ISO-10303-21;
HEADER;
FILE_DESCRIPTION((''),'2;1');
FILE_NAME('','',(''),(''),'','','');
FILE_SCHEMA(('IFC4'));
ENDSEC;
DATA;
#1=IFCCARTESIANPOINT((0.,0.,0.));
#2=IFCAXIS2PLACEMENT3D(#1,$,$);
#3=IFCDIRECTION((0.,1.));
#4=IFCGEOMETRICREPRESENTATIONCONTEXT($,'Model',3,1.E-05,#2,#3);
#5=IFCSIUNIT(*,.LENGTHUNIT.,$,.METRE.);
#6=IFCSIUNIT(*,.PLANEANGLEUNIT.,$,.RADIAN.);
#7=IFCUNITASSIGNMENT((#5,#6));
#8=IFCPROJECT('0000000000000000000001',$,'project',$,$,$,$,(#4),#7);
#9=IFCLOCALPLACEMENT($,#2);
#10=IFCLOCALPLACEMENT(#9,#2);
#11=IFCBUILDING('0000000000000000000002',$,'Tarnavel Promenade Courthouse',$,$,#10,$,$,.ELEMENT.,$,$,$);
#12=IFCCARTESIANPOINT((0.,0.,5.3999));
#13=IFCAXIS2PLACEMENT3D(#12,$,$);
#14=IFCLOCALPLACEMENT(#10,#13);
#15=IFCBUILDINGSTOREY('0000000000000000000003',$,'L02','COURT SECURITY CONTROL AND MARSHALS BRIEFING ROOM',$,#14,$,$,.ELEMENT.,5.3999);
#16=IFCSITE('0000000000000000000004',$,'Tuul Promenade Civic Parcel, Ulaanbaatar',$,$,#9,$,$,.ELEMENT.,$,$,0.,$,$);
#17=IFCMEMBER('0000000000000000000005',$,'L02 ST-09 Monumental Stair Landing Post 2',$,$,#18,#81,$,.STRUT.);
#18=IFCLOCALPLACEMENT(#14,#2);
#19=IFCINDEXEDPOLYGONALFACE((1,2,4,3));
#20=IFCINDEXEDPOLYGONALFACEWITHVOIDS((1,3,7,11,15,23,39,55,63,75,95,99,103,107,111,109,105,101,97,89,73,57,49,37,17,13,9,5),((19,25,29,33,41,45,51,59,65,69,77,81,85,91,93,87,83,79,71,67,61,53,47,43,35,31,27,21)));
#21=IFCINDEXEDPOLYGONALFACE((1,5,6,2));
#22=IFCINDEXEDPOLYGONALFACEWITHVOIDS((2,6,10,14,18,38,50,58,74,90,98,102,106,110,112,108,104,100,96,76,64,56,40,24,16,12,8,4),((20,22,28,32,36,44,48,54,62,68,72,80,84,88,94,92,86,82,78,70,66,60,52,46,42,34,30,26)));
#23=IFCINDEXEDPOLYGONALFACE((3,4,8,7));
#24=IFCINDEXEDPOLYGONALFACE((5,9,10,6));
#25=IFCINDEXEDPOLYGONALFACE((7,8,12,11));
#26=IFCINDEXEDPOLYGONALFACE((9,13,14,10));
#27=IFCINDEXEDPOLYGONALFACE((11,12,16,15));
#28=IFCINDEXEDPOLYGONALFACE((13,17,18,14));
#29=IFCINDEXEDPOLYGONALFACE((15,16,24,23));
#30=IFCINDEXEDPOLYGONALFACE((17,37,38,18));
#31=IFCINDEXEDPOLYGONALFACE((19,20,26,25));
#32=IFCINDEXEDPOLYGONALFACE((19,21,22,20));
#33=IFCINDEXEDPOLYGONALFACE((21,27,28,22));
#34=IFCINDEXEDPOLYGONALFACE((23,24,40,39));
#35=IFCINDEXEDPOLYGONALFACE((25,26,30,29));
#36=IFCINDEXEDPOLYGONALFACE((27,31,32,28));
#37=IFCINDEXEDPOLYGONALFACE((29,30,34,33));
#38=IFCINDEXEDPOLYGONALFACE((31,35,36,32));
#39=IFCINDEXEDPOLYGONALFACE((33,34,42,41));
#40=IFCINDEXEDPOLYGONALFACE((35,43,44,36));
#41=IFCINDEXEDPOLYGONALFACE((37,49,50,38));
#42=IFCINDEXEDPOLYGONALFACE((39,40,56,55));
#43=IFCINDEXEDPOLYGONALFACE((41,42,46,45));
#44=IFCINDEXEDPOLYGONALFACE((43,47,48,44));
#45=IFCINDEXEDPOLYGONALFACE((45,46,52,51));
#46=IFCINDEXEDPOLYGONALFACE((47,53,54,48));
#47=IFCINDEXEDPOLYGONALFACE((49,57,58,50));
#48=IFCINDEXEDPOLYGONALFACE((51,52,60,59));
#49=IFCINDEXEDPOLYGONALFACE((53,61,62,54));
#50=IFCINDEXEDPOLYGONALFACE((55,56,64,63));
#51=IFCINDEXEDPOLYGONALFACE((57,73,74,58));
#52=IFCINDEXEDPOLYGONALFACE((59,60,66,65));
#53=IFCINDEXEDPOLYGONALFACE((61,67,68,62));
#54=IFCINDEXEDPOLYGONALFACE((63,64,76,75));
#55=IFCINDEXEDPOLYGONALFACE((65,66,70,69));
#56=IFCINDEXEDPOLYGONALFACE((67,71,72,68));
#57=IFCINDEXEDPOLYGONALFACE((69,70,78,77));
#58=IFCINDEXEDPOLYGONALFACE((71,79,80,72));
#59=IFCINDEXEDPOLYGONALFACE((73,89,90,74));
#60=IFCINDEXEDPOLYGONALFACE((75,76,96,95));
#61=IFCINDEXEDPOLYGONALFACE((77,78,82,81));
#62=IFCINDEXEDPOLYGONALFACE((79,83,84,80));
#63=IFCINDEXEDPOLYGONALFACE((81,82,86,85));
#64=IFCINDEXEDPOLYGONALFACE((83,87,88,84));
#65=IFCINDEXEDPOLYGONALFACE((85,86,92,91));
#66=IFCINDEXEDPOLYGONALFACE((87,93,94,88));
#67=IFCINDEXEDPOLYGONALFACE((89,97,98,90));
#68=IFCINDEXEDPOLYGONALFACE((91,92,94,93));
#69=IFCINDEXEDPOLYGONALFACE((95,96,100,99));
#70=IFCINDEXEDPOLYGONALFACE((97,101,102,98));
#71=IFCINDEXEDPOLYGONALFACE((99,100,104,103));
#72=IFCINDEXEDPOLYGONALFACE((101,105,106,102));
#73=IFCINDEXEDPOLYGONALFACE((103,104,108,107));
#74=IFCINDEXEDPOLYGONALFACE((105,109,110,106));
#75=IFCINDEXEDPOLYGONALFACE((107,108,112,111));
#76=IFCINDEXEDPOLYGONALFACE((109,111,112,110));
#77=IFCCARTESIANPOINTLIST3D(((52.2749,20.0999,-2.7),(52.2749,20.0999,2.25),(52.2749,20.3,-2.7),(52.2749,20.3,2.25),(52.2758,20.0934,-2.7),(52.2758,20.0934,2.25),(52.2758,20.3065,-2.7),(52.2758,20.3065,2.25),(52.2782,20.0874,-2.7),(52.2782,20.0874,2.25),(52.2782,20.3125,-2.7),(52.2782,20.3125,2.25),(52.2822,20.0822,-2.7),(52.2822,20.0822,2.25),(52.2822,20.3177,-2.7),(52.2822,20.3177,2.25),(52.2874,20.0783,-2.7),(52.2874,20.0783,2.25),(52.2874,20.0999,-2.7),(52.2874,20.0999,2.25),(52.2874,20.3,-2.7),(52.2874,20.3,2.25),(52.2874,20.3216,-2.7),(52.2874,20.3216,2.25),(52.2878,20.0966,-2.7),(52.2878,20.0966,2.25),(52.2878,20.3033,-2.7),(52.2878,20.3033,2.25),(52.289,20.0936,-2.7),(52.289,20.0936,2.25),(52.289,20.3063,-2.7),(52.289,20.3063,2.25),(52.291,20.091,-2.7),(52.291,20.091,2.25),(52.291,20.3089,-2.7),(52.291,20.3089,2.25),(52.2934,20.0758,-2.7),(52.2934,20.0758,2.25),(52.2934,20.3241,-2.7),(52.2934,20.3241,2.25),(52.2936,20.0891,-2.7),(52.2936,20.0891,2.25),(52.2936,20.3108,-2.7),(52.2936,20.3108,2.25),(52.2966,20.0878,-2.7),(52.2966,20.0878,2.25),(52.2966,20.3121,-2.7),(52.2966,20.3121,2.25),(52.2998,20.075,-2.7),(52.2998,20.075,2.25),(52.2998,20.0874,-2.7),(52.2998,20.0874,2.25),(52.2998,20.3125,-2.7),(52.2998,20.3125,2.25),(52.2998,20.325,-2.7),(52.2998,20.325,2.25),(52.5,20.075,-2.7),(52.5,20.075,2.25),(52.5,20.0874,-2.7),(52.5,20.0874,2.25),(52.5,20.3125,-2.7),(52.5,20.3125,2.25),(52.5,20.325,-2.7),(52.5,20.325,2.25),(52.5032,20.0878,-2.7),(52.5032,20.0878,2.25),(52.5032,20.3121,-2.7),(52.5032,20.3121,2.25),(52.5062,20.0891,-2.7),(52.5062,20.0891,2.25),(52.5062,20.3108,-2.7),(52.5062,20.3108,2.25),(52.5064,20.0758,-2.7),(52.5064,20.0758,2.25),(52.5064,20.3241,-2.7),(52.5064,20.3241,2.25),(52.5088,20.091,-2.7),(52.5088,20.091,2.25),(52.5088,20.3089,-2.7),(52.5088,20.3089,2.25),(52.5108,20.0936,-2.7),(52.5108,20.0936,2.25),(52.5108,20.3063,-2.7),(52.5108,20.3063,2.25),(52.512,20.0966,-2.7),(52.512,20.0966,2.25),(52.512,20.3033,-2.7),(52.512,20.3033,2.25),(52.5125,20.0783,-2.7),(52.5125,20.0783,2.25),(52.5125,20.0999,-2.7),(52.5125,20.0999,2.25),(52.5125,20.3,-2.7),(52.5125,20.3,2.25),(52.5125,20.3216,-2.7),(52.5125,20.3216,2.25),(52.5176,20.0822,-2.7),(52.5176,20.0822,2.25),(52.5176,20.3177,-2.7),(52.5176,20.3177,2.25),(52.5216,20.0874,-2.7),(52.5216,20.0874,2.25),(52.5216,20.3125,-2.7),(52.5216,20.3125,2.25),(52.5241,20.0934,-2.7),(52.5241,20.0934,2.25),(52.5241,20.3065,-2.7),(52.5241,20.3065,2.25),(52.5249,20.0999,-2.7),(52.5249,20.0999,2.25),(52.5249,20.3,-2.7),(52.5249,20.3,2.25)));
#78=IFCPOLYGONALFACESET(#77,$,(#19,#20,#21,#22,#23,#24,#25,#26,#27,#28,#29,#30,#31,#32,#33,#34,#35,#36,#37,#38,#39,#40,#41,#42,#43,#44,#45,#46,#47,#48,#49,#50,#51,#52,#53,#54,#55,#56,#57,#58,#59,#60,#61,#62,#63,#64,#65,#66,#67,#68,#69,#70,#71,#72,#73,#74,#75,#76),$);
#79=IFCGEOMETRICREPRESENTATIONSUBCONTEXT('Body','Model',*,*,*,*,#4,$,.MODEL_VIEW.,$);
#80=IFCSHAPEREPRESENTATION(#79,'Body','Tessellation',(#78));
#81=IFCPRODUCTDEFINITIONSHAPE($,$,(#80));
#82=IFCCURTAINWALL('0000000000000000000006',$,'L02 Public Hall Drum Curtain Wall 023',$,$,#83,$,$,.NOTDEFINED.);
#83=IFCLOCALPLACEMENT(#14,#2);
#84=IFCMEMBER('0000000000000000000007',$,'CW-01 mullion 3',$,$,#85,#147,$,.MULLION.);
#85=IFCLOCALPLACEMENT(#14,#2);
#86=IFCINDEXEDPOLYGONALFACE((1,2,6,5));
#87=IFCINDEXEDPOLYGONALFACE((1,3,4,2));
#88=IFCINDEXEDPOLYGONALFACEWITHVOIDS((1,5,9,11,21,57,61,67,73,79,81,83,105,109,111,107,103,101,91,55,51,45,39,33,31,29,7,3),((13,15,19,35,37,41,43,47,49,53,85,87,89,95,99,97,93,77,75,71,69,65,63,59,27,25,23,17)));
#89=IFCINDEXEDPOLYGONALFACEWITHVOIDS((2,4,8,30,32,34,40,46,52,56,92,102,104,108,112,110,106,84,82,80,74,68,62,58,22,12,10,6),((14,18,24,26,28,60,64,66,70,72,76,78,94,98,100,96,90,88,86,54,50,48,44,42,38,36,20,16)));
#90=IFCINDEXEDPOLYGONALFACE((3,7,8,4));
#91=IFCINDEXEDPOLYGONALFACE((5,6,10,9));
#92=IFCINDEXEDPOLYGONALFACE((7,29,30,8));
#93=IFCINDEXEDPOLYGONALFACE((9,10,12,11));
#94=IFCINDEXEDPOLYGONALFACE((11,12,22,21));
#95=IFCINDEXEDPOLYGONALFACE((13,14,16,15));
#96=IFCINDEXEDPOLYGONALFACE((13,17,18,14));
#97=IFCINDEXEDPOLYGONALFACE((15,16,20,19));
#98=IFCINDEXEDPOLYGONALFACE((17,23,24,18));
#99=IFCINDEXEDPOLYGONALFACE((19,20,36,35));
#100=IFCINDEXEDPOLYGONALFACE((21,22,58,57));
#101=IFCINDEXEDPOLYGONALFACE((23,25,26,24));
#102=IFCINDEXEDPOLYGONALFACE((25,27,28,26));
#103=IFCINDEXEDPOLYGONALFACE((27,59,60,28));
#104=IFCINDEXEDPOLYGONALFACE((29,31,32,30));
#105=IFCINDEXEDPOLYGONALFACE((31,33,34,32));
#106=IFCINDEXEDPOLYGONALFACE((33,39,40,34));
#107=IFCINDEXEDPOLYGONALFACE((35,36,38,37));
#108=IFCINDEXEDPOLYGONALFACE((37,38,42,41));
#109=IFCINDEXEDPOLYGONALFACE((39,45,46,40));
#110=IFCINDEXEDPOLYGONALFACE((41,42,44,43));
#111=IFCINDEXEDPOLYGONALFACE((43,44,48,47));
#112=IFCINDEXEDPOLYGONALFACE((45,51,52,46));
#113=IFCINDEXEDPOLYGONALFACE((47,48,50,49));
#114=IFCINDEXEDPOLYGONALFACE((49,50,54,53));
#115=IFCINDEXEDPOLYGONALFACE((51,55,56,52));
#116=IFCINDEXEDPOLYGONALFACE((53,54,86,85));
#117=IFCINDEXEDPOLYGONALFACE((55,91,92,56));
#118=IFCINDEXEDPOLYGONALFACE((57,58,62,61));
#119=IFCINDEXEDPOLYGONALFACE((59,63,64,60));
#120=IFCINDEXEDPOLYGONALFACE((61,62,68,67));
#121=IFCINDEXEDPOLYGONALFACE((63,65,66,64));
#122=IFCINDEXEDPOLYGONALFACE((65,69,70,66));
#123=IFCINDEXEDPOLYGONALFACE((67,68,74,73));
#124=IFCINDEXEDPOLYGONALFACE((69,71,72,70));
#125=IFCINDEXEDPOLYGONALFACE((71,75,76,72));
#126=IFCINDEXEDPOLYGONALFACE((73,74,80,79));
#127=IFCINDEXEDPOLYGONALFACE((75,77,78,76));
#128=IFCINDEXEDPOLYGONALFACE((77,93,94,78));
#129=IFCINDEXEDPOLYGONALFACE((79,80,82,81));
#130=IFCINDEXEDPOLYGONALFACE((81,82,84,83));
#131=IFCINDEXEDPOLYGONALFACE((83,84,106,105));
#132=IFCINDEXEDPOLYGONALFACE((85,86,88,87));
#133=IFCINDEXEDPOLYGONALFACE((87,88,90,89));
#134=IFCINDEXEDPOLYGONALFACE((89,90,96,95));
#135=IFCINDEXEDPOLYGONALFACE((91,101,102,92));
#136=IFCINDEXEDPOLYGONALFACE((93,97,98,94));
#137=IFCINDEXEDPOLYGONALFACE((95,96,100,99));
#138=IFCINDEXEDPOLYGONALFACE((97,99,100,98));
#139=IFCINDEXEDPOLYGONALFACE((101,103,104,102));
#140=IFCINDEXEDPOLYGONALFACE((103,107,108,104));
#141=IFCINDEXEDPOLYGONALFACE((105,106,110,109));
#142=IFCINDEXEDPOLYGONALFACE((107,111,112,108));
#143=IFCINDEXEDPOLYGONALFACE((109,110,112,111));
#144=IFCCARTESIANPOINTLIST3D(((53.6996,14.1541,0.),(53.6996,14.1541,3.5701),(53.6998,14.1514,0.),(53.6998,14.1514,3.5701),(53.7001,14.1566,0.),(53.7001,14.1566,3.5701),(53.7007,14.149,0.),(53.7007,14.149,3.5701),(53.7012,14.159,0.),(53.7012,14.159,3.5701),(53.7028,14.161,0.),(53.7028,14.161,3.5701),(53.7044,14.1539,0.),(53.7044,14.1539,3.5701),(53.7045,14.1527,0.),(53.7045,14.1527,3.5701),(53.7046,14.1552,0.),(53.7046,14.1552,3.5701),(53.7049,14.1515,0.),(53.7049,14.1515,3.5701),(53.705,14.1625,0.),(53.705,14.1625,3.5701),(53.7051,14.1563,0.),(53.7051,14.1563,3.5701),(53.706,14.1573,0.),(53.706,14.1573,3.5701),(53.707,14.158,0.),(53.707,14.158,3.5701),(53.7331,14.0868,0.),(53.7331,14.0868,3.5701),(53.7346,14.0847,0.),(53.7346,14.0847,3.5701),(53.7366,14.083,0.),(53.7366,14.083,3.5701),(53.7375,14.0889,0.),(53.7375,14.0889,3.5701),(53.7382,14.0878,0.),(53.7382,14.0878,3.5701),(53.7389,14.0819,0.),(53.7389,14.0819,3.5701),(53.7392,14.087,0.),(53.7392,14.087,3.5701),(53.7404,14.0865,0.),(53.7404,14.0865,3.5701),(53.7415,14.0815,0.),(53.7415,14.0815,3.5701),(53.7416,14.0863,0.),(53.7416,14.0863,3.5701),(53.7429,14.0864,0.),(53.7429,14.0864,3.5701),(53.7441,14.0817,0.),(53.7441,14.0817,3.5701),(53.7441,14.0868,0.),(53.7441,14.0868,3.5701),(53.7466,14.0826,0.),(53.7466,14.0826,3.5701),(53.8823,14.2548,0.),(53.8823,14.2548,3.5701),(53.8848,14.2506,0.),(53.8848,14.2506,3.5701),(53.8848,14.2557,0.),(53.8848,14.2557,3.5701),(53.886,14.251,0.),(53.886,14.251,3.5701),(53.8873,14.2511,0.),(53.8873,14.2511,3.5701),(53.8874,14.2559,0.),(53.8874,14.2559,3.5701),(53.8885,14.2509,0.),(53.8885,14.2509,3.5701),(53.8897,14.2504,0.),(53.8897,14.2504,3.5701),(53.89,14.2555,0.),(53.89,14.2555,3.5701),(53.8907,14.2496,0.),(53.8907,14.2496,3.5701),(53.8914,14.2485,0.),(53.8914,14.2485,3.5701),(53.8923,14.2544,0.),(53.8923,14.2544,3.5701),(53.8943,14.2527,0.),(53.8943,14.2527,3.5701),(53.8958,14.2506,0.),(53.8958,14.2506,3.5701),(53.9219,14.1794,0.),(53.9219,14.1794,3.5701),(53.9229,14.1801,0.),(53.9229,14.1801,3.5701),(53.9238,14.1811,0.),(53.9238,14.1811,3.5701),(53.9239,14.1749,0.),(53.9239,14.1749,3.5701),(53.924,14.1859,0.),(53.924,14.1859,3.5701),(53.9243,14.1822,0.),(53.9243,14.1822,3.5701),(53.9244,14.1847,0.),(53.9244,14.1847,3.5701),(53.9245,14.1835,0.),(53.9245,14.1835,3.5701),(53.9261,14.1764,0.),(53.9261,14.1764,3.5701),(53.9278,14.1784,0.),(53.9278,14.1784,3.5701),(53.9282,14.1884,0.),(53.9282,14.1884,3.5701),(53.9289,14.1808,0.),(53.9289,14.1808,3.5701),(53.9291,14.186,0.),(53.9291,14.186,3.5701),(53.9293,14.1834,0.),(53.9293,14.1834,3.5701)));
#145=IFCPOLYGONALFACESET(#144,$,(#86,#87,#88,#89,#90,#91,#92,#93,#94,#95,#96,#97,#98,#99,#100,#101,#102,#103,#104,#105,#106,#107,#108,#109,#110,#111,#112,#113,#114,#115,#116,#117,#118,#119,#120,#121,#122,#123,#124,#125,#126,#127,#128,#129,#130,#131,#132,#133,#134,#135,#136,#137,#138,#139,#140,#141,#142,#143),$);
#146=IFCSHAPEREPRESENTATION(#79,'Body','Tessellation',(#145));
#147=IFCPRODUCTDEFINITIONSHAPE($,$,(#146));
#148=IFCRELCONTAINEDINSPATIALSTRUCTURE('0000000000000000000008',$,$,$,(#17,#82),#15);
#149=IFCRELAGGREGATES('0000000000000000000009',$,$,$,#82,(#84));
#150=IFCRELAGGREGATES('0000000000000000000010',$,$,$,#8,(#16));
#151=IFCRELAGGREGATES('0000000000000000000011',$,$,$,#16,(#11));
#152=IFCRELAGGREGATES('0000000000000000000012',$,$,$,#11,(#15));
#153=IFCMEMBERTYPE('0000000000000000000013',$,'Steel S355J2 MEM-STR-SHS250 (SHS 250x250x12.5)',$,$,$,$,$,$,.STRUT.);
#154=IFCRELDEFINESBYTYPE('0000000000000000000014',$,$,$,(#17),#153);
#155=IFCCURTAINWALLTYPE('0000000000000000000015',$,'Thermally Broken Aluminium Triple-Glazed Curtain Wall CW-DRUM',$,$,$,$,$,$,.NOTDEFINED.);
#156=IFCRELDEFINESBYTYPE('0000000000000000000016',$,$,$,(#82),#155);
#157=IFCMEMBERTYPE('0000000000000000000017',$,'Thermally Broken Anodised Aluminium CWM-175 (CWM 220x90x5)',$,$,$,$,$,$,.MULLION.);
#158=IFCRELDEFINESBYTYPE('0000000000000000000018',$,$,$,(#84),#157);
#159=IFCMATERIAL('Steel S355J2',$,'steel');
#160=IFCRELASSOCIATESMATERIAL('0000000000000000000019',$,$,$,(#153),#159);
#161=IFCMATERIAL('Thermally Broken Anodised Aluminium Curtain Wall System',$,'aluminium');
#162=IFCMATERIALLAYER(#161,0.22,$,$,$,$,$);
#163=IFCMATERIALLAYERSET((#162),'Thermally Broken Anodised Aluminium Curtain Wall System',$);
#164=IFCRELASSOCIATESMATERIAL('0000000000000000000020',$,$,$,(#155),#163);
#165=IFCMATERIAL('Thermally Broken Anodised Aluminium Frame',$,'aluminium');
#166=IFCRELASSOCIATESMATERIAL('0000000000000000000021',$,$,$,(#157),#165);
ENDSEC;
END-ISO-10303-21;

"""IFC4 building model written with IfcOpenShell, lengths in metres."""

from ifc_helpers import new_model, si_unit, direction, frame, origin, origin_2d, place, context, subcontext, project, spatial, hollow_rectangle, extrude, material, layer, layer_set, material_profile, profile_set, type_object, element, aggregate, save


model = new_model("IFC4")

# Units and contexts
model_context = context("Model", 3, precision=1e-05, world=origin(), true_north=direction((0.0, 1.0)))
body_context = subcontext(model_context, "Body", "Model", "MODEL_VIEW")
ifc_project = project(units=[si_unit("LENGTHUNIT", "METRE"), si_unit("PLANEANGLEUNIT", "RADIAN")], contexts=[model_context])

# Site, building, storey
site_placement = place(None, origin())
site = spatial("IfcSite", under=ifc_project, at=site_placement, Name="Tuul Promenade Civic Parcel, Ulaanbaatar", CompositionType="ELEMENT", RefElevation=0.0)
building_placement = place(site_placement, origin())
building = spatial("IfcBuilding", under=site, at=building_placement, Name="Tarnavel Promenade Courthouse", CompositionType="ELEMENT")
storey_placement = place(building_placement, frame((0.0, 0.0, 5.3999)))
storey = spatial("IfcBuildingStorey", under=building, at=storey_placement, Name="L02", Description="COURT SECURITY CONTROL AND MARSHALS BRIEFING ROOM", CompositionType="ELEMENT", Elevation=5.3999)

# Shared definitions
ifc_material_1 = material(Name="Steel S355J2", Category="steel")

# Member
ifc_material_profile_1 = material_profile(ifc_material_1, hollow_rectangle(XDim=0.25, YDim=0.25, WallThickness=0.0125, InnerFilletRadius=0.0125, OuterFilletRadius=0.0249, at=origin_2d()), Name="SHS 250x250x12.5")
ifc_profile_set_1 = profile_set([ifc_material_profile_1], Name="Steel S355J2")
member_type_1 = type_object("IfcMemberType", Name="Steel S355J2 MEM-STR-SHS250 (SHS 250x250x12.5)", PredefinedType="STRUT", material=ifc_profile_set_1)
for number, where, z_axis, x_axis, name in (
    (1, (52.3999, 20.2, -2.7), (0.0, 0.0, 1.0), (1.0, 0.0, 0.0), "L02 ST-09 Monumental Stair Landing Post 2"),
):
    element("IfcMember", number, at=place(storey_placement, frame(where, z_axis=z_axis, x_axis=x_axis)), inside=storey, type_object=member_type_1, Name=name, PredefinedType="STRUT", context=body_context, shape_type="SweptSolid", body=[
        extrude(hollow_rectangle(XDim=0.25, YDim=0.25, WallThickness=0.0125, InnerFilletRadius=0.0125, OuterFilletRadius=0.0249, at=origin_2d()), origin(), (0.0, 0.0, 1.0), 4.95),
    ])

# Curtain wall, member
ifc_material_2 = material(Name="Thermally Broken Anodised Aluminium Curtain Wall System", Category="aluminium")
ifc_layer_1 = layer(ifc_material_2, 0.22)
ifc_layer_set_1 = layer_set([ifc_layer_1], Name="Thermally Broken Anodised Aluminium Curtain Wall System")
curtain_wall_type = type_object("IfcCurtainWallType", Name="Thermally Broken Aluminium Triple-Glazed Curtain Wall CW-DRUM", PredefinedType="NOTDEFINED", material=ifc_layer_set_1)
curtain_wall_1_placement = place(storey_placement, origin())
curtain_wall_1 = element("IfcCurtainWall", 2, at=curtain_wall_1_placement, inside=storey, type_object=curtain_wall_type, Name="L02 Public Hall Drum Curtain Wall 023", PredefinedType="NOTDEFINED")
ifc_material_3 = material(Name="Thermally Broken Anodised Aluminium Frame", Category="aluminium")
ifc_material_profile_2 = material_profile(ifc_material_3, hollow_rectangle(XDim=0.0901, YDim=0.22, WallThickness=0.0049, InnerFilletRadius=0.0049, OuterFilletRadius=0.01, at=origin_2d()), Name="CWM 220x90x5")
ifc_profile_set_2 = profile_set([ifc_material_profile_2], Name="Thermally Broken Anodised Aluminium Frame")
member_type_2 = type_object("IfcMemberType", Name="Thermally Broken Anodised Aluminium CWM-175 (CWM 220x90x5)", PredefinedType="MULLION", material=ifc_profile_set_2)
member_1_placement = place(storey_placement, frame((53.8145, 14.1687, 0.0), z_axis=(0.0, 0.0, 1.0), x_axis=(-0.461747, 0.887011, 0.0)))
member_1 = element("IfcMember", 3, at=member_1_placement, type_object=member_type_2, Name="CW-01 mullion 3", PredefinedType="MULLION", context=body_context, shape_type="SweptSolid", body=[
    extrude(hollow_rectangle(XDim=0.0901, YDim=0.22, WallThickness=0.0049, InnerFilletRadius=0.0049, OuterFilletRadius=0.01, at=origin_2d()), origin(), (0.0, 0.0, 1.0), 3.5701),
])

aggregate(curtain_wall_1, [member_1])

save(model, "model.ifc")
